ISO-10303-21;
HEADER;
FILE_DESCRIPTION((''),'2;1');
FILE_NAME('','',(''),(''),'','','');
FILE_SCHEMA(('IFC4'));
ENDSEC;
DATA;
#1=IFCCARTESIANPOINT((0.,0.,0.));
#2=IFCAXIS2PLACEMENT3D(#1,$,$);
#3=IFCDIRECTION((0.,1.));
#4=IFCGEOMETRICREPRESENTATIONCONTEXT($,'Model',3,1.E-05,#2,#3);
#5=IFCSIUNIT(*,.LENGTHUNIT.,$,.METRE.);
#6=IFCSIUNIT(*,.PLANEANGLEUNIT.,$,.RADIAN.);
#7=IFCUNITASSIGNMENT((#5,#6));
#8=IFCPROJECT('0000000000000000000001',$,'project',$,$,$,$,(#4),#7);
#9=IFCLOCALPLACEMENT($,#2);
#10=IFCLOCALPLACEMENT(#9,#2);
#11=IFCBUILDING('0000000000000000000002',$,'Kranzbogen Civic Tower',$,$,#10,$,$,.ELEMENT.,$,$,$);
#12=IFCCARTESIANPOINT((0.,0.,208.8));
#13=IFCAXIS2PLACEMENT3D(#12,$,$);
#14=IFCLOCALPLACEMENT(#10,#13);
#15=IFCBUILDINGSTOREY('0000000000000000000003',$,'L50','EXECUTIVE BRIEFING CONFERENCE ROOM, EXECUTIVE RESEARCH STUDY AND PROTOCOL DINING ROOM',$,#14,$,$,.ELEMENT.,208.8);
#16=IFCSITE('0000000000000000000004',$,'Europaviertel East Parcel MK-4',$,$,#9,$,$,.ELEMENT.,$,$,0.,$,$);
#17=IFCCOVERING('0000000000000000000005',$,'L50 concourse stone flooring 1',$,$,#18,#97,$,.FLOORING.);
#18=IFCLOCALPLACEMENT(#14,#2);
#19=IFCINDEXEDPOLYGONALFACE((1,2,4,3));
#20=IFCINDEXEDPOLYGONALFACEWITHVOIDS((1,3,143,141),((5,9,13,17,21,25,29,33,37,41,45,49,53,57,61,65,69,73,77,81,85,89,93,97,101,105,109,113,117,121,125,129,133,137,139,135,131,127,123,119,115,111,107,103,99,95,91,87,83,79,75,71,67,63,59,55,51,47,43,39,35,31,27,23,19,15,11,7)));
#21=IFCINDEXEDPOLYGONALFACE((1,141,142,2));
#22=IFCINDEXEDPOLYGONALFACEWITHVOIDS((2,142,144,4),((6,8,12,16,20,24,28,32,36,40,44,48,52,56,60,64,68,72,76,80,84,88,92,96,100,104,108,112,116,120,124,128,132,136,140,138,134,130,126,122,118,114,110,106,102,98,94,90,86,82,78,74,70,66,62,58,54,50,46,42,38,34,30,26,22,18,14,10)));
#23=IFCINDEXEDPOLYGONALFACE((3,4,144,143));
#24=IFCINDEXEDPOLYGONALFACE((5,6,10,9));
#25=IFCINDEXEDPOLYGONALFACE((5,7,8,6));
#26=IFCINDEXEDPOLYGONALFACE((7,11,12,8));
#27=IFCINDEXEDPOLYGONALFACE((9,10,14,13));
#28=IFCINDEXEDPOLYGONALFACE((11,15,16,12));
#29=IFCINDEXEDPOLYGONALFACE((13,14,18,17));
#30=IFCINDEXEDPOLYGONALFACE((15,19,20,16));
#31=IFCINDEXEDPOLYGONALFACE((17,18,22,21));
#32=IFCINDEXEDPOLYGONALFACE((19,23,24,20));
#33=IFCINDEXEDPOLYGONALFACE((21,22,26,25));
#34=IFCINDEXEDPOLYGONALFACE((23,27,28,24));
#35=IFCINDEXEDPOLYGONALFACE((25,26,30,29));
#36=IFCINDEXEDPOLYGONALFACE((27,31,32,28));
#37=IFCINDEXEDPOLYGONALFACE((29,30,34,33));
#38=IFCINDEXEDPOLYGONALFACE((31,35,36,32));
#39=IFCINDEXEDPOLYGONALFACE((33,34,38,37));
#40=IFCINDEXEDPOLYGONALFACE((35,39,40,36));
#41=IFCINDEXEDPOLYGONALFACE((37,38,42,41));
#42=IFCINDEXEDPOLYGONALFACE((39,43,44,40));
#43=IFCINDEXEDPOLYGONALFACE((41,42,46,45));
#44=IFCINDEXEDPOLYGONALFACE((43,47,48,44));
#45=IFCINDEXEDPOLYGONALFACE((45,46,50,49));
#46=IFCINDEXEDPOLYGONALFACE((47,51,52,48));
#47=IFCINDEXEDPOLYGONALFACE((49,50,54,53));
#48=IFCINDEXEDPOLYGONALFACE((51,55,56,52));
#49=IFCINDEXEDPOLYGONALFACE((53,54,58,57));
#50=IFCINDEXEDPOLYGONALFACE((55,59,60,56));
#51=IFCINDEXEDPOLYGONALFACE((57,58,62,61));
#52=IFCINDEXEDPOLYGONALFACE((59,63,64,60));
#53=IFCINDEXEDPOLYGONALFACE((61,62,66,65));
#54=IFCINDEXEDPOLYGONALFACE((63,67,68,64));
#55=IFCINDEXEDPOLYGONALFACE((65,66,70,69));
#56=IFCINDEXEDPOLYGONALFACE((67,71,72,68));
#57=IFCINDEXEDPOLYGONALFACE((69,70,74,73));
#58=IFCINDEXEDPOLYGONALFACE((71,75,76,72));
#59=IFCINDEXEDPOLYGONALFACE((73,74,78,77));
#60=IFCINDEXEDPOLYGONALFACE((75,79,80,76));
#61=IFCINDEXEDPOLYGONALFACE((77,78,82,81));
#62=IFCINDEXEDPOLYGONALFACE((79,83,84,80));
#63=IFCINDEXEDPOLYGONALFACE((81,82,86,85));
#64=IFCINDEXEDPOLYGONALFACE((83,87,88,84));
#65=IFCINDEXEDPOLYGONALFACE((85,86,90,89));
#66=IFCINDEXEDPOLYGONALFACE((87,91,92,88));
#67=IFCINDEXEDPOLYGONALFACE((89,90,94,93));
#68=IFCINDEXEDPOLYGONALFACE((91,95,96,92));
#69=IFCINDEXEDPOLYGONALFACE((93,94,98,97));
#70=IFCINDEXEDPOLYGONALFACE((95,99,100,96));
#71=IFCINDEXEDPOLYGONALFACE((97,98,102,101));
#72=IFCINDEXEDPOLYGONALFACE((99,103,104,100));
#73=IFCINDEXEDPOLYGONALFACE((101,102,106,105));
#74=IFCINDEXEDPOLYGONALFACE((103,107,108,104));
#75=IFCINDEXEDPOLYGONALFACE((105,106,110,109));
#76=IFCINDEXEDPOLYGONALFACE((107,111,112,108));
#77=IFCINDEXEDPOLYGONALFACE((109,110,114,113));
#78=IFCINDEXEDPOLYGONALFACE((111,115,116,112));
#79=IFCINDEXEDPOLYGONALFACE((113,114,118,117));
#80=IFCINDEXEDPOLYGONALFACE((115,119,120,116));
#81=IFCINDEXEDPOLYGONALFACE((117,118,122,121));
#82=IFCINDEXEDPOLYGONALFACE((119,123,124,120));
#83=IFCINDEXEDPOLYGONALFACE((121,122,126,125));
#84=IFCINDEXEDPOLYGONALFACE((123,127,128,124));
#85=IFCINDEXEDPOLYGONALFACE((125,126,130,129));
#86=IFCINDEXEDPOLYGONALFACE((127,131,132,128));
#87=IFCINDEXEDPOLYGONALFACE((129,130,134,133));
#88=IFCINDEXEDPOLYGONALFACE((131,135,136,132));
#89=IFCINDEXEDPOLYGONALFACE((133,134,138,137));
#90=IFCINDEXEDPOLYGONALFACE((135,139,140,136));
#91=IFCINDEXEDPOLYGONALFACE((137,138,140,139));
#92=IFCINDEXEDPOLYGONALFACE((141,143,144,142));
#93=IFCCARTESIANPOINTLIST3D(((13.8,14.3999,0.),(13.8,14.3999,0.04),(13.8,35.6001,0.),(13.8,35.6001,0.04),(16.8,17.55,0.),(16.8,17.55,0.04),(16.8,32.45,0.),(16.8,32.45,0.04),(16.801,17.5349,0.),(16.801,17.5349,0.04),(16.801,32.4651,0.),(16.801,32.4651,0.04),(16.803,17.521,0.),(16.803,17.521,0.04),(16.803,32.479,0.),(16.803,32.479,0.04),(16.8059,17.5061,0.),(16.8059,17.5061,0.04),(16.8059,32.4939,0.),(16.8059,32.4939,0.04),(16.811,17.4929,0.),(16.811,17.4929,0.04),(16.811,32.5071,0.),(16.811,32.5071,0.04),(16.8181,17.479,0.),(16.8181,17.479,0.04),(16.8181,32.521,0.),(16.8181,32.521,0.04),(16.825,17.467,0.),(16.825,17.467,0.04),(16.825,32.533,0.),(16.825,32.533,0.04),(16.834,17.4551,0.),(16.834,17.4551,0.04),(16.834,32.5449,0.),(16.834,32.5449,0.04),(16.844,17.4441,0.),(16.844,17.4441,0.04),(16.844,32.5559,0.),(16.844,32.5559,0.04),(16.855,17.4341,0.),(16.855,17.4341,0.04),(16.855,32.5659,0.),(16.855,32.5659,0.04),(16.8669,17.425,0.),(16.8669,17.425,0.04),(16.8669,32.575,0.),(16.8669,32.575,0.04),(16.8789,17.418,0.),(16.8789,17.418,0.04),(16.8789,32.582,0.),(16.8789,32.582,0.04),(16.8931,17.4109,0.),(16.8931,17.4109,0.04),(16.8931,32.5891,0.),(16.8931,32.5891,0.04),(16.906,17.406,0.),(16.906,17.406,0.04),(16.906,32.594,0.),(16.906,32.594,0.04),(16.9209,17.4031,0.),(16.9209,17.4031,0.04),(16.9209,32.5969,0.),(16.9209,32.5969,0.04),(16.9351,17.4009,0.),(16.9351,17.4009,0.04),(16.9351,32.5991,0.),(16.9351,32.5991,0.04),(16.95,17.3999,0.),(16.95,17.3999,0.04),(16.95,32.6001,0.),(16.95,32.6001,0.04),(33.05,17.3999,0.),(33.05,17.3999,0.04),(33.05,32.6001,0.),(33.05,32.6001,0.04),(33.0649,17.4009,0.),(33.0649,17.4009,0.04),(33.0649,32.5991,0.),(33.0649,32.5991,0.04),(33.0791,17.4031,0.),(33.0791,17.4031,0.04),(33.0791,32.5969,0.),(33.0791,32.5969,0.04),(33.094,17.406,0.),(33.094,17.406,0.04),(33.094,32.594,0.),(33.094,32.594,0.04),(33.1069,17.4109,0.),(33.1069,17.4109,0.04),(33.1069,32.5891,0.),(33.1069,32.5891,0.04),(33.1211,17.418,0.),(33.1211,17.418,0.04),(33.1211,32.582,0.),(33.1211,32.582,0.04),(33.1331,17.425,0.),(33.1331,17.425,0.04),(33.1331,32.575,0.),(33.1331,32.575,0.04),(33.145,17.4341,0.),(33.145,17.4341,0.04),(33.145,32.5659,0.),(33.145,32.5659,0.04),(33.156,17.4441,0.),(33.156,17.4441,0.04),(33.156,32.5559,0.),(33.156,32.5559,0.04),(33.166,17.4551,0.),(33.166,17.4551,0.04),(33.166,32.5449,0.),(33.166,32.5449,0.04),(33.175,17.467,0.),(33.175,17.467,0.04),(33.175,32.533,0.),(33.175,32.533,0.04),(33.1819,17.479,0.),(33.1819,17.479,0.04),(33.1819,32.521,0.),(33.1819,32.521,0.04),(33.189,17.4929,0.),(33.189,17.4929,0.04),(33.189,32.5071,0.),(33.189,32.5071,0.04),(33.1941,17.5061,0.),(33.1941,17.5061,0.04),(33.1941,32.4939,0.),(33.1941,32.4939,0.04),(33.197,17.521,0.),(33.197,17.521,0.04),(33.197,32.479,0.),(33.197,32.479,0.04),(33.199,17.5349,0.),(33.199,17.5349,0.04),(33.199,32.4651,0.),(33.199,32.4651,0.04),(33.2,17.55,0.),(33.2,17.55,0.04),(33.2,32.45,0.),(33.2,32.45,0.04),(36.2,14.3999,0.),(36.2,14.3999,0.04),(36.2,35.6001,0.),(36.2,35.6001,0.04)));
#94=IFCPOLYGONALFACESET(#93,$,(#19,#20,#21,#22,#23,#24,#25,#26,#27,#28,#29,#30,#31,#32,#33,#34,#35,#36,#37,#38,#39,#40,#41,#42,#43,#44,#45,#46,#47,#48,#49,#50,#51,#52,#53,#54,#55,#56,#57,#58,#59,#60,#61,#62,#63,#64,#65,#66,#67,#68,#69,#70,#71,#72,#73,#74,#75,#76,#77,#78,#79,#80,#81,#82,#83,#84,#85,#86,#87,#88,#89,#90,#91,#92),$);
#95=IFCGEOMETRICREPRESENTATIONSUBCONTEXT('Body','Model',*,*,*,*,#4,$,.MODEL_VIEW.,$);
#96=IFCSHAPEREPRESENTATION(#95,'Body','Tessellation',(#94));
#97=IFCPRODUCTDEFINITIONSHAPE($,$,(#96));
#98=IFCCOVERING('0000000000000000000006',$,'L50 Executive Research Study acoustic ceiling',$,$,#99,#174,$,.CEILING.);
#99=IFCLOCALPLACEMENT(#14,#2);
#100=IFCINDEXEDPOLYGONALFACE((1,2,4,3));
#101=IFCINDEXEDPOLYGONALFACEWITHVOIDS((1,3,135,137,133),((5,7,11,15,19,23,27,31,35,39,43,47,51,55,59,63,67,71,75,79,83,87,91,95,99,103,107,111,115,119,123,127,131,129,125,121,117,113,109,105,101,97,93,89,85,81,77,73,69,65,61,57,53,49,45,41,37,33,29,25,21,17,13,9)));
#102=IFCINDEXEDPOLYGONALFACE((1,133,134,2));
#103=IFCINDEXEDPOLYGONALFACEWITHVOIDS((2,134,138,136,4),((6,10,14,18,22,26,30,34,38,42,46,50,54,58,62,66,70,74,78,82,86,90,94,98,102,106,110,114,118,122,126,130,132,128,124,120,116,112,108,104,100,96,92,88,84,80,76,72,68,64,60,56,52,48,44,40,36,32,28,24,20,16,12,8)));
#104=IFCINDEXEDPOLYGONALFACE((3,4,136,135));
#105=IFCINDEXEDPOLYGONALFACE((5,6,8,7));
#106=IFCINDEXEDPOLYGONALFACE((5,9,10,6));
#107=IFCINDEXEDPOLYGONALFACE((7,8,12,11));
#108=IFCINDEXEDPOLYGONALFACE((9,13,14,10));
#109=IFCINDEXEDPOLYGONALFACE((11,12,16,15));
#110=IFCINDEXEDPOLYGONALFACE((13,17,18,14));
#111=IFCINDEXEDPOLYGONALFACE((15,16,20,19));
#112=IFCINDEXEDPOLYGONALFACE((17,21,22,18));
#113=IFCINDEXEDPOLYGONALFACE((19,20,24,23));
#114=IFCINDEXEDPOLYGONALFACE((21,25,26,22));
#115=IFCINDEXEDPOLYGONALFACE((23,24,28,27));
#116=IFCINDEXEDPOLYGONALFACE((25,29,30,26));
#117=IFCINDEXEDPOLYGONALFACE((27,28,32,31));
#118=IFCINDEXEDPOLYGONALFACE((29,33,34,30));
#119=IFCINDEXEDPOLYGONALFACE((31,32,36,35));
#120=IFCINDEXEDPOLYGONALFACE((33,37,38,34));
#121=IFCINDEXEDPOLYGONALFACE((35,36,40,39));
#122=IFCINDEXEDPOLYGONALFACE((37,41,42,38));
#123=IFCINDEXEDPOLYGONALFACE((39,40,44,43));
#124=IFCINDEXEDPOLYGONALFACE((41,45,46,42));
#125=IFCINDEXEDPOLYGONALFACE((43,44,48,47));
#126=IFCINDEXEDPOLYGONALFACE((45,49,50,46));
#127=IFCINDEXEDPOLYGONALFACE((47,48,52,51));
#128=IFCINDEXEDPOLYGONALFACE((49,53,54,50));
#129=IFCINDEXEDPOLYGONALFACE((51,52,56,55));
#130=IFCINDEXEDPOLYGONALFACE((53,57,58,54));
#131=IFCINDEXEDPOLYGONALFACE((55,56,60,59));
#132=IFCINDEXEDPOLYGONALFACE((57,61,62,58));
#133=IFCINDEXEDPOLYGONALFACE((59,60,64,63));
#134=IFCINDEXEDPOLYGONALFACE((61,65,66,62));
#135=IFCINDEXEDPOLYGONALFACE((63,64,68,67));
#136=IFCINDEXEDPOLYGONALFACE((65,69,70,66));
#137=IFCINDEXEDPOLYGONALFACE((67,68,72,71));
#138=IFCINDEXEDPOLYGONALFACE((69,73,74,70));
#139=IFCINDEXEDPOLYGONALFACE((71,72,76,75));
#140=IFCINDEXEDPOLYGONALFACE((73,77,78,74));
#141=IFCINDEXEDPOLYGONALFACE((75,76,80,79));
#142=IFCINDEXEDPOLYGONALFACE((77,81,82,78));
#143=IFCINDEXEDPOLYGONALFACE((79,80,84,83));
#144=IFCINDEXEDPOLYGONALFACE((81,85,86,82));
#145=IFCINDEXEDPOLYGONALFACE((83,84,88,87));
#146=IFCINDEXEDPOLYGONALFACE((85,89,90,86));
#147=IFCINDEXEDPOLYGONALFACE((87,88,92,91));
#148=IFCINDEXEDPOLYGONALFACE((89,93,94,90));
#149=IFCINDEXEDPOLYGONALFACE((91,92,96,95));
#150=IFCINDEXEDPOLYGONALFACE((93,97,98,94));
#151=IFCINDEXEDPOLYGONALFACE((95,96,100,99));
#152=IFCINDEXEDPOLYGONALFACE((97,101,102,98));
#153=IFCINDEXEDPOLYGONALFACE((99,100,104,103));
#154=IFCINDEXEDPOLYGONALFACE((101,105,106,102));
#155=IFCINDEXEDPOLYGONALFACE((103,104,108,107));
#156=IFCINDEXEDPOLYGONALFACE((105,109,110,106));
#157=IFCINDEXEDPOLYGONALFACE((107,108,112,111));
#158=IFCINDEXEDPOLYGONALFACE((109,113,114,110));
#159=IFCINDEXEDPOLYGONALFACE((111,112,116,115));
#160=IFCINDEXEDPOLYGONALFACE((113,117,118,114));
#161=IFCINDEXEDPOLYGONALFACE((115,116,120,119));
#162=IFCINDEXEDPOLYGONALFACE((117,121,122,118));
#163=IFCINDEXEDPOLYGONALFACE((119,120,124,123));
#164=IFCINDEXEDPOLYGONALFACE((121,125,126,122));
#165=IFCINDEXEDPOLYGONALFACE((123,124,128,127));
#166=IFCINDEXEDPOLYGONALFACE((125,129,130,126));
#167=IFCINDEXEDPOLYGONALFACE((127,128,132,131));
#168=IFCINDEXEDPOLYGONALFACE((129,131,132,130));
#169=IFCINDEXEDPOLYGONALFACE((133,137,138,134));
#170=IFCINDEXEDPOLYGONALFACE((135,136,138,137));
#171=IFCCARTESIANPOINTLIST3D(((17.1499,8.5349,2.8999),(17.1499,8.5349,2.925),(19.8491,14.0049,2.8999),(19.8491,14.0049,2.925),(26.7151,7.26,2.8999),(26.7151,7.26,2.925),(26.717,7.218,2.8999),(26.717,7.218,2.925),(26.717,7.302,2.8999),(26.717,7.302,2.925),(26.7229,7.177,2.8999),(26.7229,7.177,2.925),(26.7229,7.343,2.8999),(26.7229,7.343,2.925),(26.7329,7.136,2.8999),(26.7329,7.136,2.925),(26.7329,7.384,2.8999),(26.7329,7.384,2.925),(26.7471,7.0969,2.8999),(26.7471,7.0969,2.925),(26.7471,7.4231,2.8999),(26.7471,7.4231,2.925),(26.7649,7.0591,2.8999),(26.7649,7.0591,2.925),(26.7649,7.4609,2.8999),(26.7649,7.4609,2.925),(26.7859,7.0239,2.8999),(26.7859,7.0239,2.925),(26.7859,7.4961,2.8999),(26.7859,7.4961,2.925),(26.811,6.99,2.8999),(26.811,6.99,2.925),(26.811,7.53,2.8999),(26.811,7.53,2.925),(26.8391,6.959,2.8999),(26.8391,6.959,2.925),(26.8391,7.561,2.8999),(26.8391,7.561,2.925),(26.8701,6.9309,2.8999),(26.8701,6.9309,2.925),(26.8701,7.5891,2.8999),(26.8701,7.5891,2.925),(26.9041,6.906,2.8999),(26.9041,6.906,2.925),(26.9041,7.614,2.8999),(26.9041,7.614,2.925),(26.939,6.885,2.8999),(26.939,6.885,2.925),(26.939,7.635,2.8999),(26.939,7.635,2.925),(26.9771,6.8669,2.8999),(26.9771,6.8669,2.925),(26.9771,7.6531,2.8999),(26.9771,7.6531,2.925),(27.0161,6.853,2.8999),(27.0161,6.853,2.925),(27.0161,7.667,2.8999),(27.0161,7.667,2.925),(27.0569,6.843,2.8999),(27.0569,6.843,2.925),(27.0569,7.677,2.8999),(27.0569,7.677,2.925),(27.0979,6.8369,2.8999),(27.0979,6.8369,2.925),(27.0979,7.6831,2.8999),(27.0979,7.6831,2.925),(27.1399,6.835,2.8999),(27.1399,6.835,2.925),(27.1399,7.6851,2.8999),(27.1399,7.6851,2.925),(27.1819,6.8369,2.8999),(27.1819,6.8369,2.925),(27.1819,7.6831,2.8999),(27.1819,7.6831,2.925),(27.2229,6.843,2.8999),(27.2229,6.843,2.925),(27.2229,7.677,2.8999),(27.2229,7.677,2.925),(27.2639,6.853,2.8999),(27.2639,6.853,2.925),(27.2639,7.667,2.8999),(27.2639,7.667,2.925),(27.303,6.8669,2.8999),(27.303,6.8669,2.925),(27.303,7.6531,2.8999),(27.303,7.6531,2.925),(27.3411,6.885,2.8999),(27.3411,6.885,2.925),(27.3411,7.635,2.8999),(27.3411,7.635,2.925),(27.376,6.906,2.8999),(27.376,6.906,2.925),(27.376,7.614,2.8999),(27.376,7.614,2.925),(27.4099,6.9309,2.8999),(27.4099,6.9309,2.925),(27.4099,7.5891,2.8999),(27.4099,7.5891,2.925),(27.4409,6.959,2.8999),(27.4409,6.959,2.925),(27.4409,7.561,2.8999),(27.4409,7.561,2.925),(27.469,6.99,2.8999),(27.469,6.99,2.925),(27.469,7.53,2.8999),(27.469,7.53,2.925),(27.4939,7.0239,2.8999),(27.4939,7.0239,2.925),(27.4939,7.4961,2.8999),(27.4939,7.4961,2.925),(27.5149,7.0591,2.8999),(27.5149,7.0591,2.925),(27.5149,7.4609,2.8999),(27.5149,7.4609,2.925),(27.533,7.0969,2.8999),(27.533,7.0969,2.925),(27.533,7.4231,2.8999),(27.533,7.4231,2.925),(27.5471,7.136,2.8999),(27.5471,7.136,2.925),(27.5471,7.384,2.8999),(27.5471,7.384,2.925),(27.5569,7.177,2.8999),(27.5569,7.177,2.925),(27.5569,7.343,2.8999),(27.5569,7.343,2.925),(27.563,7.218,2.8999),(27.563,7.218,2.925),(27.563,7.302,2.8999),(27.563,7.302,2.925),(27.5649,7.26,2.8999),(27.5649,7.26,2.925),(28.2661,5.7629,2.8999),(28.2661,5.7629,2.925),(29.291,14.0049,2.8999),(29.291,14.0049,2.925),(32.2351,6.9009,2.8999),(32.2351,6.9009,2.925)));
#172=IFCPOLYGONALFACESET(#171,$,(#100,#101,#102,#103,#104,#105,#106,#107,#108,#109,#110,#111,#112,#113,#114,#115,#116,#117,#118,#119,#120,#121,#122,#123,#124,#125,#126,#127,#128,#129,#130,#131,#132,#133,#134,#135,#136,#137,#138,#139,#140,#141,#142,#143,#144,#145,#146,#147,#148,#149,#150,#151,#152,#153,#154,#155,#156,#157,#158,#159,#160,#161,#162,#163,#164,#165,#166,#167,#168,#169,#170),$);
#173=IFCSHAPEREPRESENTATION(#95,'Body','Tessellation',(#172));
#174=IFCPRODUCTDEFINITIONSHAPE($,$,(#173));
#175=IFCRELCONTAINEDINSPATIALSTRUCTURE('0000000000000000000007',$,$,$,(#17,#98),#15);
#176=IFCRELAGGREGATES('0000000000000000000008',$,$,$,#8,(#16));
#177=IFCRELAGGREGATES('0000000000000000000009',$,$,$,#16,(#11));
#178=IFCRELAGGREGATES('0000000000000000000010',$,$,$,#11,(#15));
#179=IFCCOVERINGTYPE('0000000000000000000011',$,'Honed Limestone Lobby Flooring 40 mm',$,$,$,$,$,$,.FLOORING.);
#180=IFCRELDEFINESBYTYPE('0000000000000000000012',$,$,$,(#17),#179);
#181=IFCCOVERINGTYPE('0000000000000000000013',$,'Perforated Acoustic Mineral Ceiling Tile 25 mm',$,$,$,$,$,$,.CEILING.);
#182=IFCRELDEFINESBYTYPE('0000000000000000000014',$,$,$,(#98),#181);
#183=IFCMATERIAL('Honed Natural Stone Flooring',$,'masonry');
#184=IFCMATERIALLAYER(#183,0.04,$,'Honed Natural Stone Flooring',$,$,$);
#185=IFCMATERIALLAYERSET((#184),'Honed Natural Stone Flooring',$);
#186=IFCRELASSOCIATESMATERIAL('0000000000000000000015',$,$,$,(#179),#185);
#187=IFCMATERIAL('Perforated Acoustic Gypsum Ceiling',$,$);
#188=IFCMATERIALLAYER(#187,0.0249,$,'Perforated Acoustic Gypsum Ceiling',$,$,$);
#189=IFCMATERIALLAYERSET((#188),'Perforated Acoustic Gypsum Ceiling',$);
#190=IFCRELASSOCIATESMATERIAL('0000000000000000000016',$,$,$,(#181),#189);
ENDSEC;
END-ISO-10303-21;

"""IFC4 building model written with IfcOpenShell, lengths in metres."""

from ifc_helpers import new_model, si_unit, direction, frame, origin, place, context, subcontext, project, spatial, polyline, outline, extrude, material, layer, layer_set, type_object, element, save


model = new_model("IFC4")

# Units and contexts
model_context = context("Model", 3, precision=1e-05, world=origin(), true_north=direction((0.0, 1.0)))
body_context = subcontext(model_context, "Body", "Model", "MODEL_VIEW")
ifc_project = project(units=[si_unit("LENGTHUNIT", "METRE"), si_unit("PLANEANGLEUNIT", "RADIAN")], contexts=[model_context])

# Site, building, storey
site_placement = place(None, origin())
site = spatial("IfcSite", under=ifc_project, at=site_placement, Name="Europaviertel East Parcel MK-4", CompositionType="ELEMENT", RefElevation=0.0)
building_placement = place(site_placement, origin())
building = spatial("IfcBuilding", under=site, at=building_placement, Name="Kranzbogen Civic Tower", CompositionType="ELEMENT")
storey_placement = place(building_placement, frame((0.0, 0.0, 208.8)))
storey = spatial("IfcBuildingStorey", under=building, at=storey_placement, Name="L50", Description="EXECUTIVE BRIEFING CONFERENCE ROOM, EXECUTIVE RESEARCH STUDY AND PROTOCOL DINING ROOM", CompositionType="ELEMENT", Elevation=208.8)

# Coverings
ifc_material_1 = material(Name="Honed Natural Stone Flooring", Category="masonry")
ifc_layer_1 = layer(ifc_material_1, 0.04, Name="Honed Natural Stone Flooring")
ifc_layer_set_1 = layer_set([ifc_layer_1], Name="Honed Natural Stone Flooring")
covering_type_1 = type_object("IfcCoveringType", Name="Honed Limestone Lobby Flooring 40 mm", PredefinedType="FLOORING", material=ifc_layer_set_1)
covering_1_placement = place(storey_placement, origin())
element("IfcCovering", 1, at=covering_1_placement, inside=storey, type_object=covering_type_1, Name="L50 concourse stone flooring 1", PredefinedType="FLOORING", context=body_context, shape_type="SweptSolid", body=[
    extrude(outline(polyline([(13.8, 35.6001), (36.2, 35.6001), (36.2, 14.3999), (13.8, 14.3999), (13.8, 35.6001)]), holes=[polyline([(33.05, 32.6001), (33.0649, 32.5991), (33.0791, 32.5969), (33.094, 32.594), (33.1069, 32.5891), (33.1211, 32.582), (33.1331, 32.575), (33.145, 32.5659), (33.156, 32.5559), (33.166, 32.5449), (33.175, 32.533), (33.1819, 32.521), (33.189, 32.5071), (33.1941, 32.4939), (33.197, 32.479), (33.199, 32.4651), (33.2, 32.45), (33.2, 17.55), (33.199, 17.5349), (33.197, 17.521), (33.1941, 17.5061), (33.189, 17.4929), (33.1819, 17.479), (33.175, 17.467), (33.166, 17.4551), (33.156, 17.4441), (33.145, 17.4341), (33.1331, 17.425), (33.1211, 17.418), (33.1069, 17.4109), (33.094, 17.406), (33.0791, 17.4031), (33.0649, 17.4009), (33.05, 17.3999), (16.95, 17.3999), (16.9351, 17.4009), (16.9209, 17.4031), (16.906, 17.406), (16.8931, 17.4109), (16.8789, 17.418), (16.8669, 17.425), (16.855, 17.4341), (16.844, 17.4441), (16.834, 17.4551), (16.825, 17.467), (16.8181, 17.479), (16.811, 17.4929), (16.8059, 17.5061), (16.803, 17.521), (16.801, 17.5349), (16.8, 17.55), (16.8, 32.45), (16.801, 32.4651), (16.803, 32.479), (16.8059, 32.4939), (16.811, 32.5071), (16.8181, 32.521), (16.825, 32.533), (16.834, 32.5449), (16.844, 32.5559), (16.855, 32.5659), (16.8669, 32.575), (16.8789, 32.582), (16.8931, 32.5891), (16.906, 32.594), (16.9209, 32.5969), (16.9351, 32.5991), (16.95, 32.6001), (33.05, 32.6001)])]), origin(), (0.0, 0.0, 1.0), 0.04),
])
ifc_material_2 = material(Name="Perforated Acoustic Gypsum Ceiling")
ifc_layer_2 = layer(ifc_material_2, 0.0249, Name="Perforated Acoustic Gypsum Ceiling")
ifc_layer_set_2 = layer_set([ifc_layer_2], Name="Perforated Acoustic Gypsum Ceiling")
covering_type_2 = type_object("IfcCoveringType", Name="Perforated Acoustic Mineral Ceiling Tile 25 mm", PredefinedType="CEILING", material=ifc_layer_set_2)
covering_2_placement = place(storey_placement, frame((0.0, 0.0, 2.8999)))
element("IfcCovering", 2, at=covering_2_placement, inside=storey, type_object=covering_type_2, Name="L50 Executive Research Study acoustic ceiling", PredefinedType="CEILING", context=body_context, shape_type="SweptSolid", body=[
    extrude(outline(polyline([(17.1499, 8.5349), (19.8491, 14.0049), (29.291, 14.0049), (32.2351, 6.9009), (28.2661, 5.7629), (17.1499, 8.5349)]), holes=[polyline([(27.533, 7.0969), (27.5149, 7.0591), (27.4939, 7.0239), (27.469, 6.99), (27.4409, 6.959), (27.4099, 6.9309), (27.376, 6.906), (27.3411, 6.885), (27.303, 6.8669), (27.2639, 6.853), (27.2229, 6.843), (27.1819, 6.8369), (27.1399, 6.835), (27.0979, 6.8369), (27.0569, 6.843), (27.0161, 6.853), (26.9771, 6.8669), (26.939, 6.885), (26.9041, 6.906), (26.8701, 6.9309), (26.8391, 6.959), (26.811, 6.99), (26.7859, 7.0239), (26.7649, 7.0591), (26.7471, 7.0969), (26.7329, 7.136), (26.7229, 7.177), (26.717, 7.218), (26.7151, 7.26), (26.717, 7.302), (26.7229, 7.343), (26.7329, 7.384), (26.7471, 7.4231), (26.7649, 7.4609), (26.7859, 7.4961), (26.811, 7.53), (26.8391, 7.561), (26.8701, 7.5891), (26.9041, 7.614), (26.939, 7.635), (26.9771, 7.6531), (27.0161, 7.667), (27.0569, 7.677), (27.0979, 7.6831), (27.1399, 7.6851), (27.1819, 7.6831), (27.2229, 7.677), (27.2639, 7.667), (27.303, 7.6531), (27.3411, 7.635), (27.376, 7.614), (27.4099, 7.5891), (27.4409, 7.561), (27.469, 7.53), (27.4939, 7.4961), (27.5149, 7.4609), (27.533, 7.4231), (27.5471, 7.384), (27.5569, 7.343), (27.563, 7.302), (27.5649, 7.26), (27.563, 7.218), (27.5569, 7.177), (27.5471, 7.136), (27.533, 7.0969)])]), origin(), (0.0, 0.0, 1.0), 0.0251),
])

save(model, "model.ifc")
